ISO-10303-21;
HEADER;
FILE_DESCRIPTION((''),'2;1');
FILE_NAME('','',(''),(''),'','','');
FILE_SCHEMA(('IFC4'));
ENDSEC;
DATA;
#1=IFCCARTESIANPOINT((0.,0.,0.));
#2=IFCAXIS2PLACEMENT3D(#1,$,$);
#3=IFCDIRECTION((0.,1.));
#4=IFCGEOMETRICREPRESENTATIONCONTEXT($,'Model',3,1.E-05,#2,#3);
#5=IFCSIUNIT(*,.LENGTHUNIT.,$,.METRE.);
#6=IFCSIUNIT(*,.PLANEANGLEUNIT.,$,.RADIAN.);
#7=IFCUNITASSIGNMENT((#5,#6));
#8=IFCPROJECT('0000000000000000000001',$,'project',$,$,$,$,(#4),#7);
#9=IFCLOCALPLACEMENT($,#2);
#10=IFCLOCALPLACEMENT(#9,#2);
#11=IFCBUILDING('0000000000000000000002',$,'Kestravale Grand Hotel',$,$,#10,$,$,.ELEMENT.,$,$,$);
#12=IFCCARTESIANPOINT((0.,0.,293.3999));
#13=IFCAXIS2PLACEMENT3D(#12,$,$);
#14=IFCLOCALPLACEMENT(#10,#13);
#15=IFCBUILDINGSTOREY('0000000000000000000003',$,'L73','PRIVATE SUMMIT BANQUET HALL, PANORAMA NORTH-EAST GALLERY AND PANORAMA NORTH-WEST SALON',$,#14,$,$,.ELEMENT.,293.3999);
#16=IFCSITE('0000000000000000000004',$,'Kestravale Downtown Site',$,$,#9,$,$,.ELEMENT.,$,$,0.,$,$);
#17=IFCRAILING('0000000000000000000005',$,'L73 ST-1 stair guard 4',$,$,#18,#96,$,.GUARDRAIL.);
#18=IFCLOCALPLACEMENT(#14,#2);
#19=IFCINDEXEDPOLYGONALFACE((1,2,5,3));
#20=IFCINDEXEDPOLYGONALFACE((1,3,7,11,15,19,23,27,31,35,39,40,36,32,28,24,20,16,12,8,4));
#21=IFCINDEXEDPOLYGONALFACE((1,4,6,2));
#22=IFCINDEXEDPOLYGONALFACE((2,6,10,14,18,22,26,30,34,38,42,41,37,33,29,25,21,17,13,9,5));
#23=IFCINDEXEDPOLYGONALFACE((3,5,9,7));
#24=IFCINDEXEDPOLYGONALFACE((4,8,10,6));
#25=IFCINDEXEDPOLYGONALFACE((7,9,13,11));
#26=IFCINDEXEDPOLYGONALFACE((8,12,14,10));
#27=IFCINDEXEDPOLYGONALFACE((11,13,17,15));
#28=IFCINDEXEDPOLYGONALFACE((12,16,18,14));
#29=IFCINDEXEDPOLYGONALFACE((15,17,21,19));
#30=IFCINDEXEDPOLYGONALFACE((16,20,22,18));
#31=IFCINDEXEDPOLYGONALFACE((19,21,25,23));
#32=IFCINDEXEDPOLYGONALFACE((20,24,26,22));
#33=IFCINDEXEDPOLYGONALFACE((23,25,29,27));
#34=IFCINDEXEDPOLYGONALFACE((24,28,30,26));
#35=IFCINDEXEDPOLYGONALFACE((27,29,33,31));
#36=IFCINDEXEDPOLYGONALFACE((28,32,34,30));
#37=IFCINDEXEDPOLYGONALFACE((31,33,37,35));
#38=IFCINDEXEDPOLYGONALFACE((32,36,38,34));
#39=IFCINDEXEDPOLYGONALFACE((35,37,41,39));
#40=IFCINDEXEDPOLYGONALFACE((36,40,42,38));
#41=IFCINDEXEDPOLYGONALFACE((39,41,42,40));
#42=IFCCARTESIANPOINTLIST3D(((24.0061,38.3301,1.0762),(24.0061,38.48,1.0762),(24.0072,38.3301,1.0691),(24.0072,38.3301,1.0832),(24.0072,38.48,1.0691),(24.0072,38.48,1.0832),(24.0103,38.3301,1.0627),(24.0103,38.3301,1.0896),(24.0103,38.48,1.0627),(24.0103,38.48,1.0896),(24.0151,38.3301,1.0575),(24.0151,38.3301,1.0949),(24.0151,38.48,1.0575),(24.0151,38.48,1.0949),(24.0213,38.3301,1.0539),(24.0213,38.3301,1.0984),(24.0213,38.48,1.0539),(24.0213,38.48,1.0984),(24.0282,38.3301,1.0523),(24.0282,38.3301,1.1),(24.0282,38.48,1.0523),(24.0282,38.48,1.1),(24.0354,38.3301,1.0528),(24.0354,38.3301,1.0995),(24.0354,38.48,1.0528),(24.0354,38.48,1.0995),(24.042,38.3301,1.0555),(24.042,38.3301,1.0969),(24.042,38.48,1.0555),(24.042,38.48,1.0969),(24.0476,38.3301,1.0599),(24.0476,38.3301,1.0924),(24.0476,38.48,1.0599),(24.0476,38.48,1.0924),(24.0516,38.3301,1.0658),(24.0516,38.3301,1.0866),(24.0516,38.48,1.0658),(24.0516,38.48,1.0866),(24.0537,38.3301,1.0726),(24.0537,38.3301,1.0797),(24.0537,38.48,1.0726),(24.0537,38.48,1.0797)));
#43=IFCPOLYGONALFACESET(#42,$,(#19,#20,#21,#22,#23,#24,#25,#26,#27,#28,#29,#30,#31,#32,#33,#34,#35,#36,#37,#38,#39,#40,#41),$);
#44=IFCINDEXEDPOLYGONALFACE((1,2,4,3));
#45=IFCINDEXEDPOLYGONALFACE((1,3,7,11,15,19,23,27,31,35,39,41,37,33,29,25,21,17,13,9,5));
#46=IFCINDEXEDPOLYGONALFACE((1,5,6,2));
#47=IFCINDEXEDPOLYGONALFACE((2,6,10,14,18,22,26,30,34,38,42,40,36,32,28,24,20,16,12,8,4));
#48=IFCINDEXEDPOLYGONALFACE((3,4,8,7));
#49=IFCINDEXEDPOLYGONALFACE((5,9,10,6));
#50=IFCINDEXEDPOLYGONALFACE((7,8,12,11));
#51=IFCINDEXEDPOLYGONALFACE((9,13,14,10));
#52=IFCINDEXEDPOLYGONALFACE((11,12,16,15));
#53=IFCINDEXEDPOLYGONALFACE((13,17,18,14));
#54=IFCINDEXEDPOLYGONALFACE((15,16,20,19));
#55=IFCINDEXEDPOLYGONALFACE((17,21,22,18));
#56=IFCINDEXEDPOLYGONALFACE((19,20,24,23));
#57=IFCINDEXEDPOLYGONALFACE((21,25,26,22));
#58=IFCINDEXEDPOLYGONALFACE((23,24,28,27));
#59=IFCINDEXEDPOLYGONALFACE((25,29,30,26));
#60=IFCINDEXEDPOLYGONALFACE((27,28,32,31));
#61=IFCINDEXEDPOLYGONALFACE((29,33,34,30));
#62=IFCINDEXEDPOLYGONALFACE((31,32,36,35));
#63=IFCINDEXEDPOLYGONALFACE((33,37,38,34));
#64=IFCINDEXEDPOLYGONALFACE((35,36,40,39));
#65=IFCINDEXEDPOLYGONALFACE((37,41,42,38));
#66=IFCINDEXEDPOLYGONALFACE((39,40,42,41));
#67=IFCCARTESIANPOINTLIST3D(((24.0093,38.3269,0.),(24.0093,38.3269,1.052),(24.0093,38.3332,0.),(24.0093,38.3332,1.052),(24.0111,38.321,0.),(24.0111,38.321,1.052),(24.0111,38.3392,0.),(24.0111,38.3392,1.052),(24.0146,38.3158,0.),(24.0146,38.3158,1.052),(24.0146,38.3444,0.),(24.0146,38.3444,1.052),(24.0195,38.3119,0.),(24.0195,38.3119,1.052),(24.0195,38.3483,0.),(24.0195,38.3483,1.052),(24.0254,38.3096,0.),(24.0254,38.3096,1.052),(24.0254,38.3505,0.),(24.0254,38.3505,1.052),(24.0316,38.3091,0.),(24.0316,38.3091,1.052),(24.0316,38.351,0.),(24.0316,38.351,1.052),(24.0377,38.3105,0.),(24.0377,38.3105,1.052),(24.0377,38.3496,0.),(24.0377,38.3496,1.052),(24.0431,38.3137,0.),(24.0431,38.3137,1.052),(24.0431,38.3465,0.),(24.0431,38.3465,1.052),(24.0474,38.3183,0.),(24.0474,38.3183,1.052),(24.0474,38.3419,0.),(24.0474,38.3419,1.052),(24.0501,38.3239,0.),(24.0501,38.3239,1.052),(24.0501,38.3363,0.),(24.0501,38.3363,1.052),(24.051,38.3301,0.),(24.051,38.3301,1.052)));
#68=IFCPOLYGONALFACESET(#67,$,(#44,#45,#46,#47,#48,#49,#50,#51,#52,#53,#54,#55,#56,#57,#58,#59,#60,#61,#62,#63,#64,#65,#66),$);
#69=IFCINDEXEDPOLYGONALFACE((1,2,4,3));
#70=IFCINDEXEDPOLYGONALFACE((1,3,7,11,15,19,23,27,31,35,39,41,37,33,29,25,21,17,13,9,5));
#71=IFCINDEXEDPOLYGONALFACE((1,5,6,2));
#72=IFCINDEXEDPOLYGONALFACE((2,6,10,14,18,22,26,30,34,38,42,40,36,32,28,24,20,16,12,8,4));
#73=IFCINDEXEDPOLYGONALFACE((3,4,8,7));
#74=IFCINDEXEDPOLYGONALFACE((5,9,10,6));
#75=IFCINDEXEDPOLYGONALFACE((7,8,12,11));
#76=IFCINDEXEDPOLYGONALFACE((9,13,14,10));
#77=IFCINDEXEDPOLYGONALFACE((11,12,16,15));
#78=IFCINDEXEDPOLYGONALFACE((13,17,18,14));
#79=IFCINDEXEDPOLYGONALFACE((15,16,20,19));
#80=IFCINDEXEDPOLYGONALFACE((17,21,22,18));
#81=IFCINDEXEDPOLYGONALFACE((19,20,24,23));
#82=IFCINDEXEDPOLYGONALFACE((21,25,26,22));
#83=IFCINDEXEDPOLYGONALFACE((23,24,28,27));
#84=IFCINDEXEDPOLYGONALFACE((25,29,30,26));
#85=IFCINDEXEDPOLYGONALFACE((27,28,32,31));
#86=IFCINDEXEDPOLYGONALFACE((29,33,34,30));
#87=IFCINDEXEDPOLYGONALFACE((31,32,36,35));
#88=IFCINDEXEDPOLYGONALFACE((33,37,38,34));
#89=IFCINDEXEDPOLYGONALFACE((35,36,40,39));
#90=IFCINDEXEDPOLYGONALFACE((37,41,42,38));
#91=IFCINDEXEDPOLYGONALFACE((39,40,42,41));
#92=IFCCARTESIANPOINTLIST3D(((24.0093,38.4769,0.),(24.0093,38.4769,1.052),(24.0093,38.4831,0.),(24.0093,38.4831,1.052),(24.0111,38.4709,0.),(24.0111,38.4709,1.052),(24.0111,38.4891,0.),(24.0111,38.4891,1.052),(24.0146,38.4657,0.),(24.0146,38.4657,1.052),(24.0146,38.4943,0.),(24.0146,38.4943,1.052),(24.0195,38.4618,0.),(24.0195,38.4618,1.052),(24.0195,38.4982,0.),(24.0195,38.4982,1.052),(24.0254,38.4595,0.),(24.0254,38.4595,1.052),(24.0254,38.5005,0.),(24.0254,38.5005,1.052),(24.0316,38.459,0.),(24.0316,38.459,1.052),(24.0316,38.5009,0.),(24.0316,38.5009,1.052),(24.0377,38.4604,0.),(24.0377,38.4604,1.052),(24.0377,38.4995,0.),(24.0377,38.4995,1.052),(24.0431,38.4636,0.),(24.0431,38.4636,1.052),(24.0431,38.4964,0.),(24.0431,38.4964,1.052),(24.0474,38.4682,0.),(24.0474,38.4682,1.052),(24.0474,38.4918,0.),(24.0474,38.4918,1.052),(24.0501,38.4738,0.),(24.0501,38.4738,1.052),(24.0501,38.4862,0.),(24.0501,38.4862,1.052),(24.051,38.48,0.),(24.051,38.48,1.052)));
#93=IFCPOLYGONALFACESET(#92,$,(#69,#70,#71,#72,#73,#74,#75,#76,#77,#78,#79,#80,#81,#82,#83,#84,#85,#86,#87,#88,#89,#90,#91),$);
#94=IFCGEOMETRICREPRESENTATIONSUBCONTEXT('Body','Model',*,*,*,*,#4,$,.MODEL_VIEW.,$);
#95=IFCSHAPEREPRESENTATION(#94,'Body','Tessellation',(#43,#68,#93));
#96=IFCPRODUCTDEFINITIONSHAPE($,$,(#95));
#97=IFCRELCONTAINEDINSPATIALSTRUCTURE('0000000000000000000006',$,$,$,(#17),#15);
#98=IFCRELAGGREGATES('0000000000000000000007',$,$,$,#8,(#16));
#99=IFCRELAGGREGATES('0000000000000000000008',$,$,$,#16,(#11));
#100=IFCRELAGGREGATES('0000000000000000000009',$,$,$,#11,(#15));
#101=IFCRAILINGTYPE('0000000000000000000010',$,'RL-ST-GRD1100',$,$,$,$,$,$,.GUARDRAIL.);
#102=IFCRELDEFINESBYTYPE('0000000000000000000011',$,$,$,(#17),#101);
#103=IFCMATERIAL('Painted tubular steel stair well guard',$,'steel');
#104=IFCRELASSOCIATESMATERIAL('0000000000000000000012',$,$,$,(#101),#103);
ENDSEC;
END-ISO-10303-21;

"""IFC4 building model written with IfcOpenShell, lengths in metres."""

from ifc_helpers import new_model, si_unit, direction, frame, origin, origin_2d, place, context, subcontext, project, spatial, circle, extrude, material, type_object, element, save


model = new_model("IFC4")

# Units and contexts
model_context = context("Model", 3, precision=1e-05, world=origin(), true_north=direction((0.0, 1.0)))
body_context = subcontext(model_context, "Body", "Model", "MODEL_VIEW")
ifc_project = project(units=[si_unit("LENGTHUNIT", "METRE"), si_unit("PLANEANGLEUNIT", "RADIAN")], contexts=[model_context])

# Site, building, storey
site_placement = place(None, origin())
site = spatial("IfcSite", under=ifc_project, at=site_placement, Name="Kestravale Downtown Site", CompositionType="ELEMENT", RefElevation=0.0)
building_placement = place(site_placement, origin())
building = spatial("IfcBuilding", under=site, at=building_placement, Name="Kestravale Grand Hotel", CompositionType="ELEMENT")
storey_placement = place(building_placement, frame((0.0, 0.0, 293.3999)))
storey = spatial("IfcBuildingStorey", under=building, at=storey_placement, Name="L73", Description="PRIVATE SUMMIT BANQUET HALL, PANORAMA NORTH-EAST GALLERY AND PANORAMA NORTH-WEST SALON", CompositionType="ELEMENT", Elevation=293.3999)

# Railing
ifc_material_1 = material(Name="Painted tubular steel stair well guard", Category="steel")
railing_type_1 = type_object("IfcRailingType", Name="RL-ST-GRD1100", PredefinedType="GUARDRAIL", material=ifc_material_1)
railing_1_placement = place(storey_placement, frame((24.03, 38.3301, 0.0)))
element("IfcRailing", 1, at=railing_1_placement, inside=storey, type_object=railing_type_1, Name="L73 ST-1 stair guard 4", PredefinedType="GUARDRAIL", context=body_context, shape_type="SweptSolid", body=[
    extrude(circle(Radius=0.0239, at=origin_2d()), frame((0.0, 0.0, 1.0762), z_axis=(0.0, 1.0, 0.0), x_axis=(-1.0, 0.0, 0.0)), (0.0, 0.0, 1.0), 0.1499),
    extrude(circle(Radius=0.021, at=origin_2d()), origin(), (0.0, 0.0, 1.0), 1.052),
    extrude(circle(Radius=0.021, at=origin_2d()), frame((0.0, 0.1499, 0.0)), (0.0, 0.0, 1.0), 1.052),
])

save(model, "model.ifc")
